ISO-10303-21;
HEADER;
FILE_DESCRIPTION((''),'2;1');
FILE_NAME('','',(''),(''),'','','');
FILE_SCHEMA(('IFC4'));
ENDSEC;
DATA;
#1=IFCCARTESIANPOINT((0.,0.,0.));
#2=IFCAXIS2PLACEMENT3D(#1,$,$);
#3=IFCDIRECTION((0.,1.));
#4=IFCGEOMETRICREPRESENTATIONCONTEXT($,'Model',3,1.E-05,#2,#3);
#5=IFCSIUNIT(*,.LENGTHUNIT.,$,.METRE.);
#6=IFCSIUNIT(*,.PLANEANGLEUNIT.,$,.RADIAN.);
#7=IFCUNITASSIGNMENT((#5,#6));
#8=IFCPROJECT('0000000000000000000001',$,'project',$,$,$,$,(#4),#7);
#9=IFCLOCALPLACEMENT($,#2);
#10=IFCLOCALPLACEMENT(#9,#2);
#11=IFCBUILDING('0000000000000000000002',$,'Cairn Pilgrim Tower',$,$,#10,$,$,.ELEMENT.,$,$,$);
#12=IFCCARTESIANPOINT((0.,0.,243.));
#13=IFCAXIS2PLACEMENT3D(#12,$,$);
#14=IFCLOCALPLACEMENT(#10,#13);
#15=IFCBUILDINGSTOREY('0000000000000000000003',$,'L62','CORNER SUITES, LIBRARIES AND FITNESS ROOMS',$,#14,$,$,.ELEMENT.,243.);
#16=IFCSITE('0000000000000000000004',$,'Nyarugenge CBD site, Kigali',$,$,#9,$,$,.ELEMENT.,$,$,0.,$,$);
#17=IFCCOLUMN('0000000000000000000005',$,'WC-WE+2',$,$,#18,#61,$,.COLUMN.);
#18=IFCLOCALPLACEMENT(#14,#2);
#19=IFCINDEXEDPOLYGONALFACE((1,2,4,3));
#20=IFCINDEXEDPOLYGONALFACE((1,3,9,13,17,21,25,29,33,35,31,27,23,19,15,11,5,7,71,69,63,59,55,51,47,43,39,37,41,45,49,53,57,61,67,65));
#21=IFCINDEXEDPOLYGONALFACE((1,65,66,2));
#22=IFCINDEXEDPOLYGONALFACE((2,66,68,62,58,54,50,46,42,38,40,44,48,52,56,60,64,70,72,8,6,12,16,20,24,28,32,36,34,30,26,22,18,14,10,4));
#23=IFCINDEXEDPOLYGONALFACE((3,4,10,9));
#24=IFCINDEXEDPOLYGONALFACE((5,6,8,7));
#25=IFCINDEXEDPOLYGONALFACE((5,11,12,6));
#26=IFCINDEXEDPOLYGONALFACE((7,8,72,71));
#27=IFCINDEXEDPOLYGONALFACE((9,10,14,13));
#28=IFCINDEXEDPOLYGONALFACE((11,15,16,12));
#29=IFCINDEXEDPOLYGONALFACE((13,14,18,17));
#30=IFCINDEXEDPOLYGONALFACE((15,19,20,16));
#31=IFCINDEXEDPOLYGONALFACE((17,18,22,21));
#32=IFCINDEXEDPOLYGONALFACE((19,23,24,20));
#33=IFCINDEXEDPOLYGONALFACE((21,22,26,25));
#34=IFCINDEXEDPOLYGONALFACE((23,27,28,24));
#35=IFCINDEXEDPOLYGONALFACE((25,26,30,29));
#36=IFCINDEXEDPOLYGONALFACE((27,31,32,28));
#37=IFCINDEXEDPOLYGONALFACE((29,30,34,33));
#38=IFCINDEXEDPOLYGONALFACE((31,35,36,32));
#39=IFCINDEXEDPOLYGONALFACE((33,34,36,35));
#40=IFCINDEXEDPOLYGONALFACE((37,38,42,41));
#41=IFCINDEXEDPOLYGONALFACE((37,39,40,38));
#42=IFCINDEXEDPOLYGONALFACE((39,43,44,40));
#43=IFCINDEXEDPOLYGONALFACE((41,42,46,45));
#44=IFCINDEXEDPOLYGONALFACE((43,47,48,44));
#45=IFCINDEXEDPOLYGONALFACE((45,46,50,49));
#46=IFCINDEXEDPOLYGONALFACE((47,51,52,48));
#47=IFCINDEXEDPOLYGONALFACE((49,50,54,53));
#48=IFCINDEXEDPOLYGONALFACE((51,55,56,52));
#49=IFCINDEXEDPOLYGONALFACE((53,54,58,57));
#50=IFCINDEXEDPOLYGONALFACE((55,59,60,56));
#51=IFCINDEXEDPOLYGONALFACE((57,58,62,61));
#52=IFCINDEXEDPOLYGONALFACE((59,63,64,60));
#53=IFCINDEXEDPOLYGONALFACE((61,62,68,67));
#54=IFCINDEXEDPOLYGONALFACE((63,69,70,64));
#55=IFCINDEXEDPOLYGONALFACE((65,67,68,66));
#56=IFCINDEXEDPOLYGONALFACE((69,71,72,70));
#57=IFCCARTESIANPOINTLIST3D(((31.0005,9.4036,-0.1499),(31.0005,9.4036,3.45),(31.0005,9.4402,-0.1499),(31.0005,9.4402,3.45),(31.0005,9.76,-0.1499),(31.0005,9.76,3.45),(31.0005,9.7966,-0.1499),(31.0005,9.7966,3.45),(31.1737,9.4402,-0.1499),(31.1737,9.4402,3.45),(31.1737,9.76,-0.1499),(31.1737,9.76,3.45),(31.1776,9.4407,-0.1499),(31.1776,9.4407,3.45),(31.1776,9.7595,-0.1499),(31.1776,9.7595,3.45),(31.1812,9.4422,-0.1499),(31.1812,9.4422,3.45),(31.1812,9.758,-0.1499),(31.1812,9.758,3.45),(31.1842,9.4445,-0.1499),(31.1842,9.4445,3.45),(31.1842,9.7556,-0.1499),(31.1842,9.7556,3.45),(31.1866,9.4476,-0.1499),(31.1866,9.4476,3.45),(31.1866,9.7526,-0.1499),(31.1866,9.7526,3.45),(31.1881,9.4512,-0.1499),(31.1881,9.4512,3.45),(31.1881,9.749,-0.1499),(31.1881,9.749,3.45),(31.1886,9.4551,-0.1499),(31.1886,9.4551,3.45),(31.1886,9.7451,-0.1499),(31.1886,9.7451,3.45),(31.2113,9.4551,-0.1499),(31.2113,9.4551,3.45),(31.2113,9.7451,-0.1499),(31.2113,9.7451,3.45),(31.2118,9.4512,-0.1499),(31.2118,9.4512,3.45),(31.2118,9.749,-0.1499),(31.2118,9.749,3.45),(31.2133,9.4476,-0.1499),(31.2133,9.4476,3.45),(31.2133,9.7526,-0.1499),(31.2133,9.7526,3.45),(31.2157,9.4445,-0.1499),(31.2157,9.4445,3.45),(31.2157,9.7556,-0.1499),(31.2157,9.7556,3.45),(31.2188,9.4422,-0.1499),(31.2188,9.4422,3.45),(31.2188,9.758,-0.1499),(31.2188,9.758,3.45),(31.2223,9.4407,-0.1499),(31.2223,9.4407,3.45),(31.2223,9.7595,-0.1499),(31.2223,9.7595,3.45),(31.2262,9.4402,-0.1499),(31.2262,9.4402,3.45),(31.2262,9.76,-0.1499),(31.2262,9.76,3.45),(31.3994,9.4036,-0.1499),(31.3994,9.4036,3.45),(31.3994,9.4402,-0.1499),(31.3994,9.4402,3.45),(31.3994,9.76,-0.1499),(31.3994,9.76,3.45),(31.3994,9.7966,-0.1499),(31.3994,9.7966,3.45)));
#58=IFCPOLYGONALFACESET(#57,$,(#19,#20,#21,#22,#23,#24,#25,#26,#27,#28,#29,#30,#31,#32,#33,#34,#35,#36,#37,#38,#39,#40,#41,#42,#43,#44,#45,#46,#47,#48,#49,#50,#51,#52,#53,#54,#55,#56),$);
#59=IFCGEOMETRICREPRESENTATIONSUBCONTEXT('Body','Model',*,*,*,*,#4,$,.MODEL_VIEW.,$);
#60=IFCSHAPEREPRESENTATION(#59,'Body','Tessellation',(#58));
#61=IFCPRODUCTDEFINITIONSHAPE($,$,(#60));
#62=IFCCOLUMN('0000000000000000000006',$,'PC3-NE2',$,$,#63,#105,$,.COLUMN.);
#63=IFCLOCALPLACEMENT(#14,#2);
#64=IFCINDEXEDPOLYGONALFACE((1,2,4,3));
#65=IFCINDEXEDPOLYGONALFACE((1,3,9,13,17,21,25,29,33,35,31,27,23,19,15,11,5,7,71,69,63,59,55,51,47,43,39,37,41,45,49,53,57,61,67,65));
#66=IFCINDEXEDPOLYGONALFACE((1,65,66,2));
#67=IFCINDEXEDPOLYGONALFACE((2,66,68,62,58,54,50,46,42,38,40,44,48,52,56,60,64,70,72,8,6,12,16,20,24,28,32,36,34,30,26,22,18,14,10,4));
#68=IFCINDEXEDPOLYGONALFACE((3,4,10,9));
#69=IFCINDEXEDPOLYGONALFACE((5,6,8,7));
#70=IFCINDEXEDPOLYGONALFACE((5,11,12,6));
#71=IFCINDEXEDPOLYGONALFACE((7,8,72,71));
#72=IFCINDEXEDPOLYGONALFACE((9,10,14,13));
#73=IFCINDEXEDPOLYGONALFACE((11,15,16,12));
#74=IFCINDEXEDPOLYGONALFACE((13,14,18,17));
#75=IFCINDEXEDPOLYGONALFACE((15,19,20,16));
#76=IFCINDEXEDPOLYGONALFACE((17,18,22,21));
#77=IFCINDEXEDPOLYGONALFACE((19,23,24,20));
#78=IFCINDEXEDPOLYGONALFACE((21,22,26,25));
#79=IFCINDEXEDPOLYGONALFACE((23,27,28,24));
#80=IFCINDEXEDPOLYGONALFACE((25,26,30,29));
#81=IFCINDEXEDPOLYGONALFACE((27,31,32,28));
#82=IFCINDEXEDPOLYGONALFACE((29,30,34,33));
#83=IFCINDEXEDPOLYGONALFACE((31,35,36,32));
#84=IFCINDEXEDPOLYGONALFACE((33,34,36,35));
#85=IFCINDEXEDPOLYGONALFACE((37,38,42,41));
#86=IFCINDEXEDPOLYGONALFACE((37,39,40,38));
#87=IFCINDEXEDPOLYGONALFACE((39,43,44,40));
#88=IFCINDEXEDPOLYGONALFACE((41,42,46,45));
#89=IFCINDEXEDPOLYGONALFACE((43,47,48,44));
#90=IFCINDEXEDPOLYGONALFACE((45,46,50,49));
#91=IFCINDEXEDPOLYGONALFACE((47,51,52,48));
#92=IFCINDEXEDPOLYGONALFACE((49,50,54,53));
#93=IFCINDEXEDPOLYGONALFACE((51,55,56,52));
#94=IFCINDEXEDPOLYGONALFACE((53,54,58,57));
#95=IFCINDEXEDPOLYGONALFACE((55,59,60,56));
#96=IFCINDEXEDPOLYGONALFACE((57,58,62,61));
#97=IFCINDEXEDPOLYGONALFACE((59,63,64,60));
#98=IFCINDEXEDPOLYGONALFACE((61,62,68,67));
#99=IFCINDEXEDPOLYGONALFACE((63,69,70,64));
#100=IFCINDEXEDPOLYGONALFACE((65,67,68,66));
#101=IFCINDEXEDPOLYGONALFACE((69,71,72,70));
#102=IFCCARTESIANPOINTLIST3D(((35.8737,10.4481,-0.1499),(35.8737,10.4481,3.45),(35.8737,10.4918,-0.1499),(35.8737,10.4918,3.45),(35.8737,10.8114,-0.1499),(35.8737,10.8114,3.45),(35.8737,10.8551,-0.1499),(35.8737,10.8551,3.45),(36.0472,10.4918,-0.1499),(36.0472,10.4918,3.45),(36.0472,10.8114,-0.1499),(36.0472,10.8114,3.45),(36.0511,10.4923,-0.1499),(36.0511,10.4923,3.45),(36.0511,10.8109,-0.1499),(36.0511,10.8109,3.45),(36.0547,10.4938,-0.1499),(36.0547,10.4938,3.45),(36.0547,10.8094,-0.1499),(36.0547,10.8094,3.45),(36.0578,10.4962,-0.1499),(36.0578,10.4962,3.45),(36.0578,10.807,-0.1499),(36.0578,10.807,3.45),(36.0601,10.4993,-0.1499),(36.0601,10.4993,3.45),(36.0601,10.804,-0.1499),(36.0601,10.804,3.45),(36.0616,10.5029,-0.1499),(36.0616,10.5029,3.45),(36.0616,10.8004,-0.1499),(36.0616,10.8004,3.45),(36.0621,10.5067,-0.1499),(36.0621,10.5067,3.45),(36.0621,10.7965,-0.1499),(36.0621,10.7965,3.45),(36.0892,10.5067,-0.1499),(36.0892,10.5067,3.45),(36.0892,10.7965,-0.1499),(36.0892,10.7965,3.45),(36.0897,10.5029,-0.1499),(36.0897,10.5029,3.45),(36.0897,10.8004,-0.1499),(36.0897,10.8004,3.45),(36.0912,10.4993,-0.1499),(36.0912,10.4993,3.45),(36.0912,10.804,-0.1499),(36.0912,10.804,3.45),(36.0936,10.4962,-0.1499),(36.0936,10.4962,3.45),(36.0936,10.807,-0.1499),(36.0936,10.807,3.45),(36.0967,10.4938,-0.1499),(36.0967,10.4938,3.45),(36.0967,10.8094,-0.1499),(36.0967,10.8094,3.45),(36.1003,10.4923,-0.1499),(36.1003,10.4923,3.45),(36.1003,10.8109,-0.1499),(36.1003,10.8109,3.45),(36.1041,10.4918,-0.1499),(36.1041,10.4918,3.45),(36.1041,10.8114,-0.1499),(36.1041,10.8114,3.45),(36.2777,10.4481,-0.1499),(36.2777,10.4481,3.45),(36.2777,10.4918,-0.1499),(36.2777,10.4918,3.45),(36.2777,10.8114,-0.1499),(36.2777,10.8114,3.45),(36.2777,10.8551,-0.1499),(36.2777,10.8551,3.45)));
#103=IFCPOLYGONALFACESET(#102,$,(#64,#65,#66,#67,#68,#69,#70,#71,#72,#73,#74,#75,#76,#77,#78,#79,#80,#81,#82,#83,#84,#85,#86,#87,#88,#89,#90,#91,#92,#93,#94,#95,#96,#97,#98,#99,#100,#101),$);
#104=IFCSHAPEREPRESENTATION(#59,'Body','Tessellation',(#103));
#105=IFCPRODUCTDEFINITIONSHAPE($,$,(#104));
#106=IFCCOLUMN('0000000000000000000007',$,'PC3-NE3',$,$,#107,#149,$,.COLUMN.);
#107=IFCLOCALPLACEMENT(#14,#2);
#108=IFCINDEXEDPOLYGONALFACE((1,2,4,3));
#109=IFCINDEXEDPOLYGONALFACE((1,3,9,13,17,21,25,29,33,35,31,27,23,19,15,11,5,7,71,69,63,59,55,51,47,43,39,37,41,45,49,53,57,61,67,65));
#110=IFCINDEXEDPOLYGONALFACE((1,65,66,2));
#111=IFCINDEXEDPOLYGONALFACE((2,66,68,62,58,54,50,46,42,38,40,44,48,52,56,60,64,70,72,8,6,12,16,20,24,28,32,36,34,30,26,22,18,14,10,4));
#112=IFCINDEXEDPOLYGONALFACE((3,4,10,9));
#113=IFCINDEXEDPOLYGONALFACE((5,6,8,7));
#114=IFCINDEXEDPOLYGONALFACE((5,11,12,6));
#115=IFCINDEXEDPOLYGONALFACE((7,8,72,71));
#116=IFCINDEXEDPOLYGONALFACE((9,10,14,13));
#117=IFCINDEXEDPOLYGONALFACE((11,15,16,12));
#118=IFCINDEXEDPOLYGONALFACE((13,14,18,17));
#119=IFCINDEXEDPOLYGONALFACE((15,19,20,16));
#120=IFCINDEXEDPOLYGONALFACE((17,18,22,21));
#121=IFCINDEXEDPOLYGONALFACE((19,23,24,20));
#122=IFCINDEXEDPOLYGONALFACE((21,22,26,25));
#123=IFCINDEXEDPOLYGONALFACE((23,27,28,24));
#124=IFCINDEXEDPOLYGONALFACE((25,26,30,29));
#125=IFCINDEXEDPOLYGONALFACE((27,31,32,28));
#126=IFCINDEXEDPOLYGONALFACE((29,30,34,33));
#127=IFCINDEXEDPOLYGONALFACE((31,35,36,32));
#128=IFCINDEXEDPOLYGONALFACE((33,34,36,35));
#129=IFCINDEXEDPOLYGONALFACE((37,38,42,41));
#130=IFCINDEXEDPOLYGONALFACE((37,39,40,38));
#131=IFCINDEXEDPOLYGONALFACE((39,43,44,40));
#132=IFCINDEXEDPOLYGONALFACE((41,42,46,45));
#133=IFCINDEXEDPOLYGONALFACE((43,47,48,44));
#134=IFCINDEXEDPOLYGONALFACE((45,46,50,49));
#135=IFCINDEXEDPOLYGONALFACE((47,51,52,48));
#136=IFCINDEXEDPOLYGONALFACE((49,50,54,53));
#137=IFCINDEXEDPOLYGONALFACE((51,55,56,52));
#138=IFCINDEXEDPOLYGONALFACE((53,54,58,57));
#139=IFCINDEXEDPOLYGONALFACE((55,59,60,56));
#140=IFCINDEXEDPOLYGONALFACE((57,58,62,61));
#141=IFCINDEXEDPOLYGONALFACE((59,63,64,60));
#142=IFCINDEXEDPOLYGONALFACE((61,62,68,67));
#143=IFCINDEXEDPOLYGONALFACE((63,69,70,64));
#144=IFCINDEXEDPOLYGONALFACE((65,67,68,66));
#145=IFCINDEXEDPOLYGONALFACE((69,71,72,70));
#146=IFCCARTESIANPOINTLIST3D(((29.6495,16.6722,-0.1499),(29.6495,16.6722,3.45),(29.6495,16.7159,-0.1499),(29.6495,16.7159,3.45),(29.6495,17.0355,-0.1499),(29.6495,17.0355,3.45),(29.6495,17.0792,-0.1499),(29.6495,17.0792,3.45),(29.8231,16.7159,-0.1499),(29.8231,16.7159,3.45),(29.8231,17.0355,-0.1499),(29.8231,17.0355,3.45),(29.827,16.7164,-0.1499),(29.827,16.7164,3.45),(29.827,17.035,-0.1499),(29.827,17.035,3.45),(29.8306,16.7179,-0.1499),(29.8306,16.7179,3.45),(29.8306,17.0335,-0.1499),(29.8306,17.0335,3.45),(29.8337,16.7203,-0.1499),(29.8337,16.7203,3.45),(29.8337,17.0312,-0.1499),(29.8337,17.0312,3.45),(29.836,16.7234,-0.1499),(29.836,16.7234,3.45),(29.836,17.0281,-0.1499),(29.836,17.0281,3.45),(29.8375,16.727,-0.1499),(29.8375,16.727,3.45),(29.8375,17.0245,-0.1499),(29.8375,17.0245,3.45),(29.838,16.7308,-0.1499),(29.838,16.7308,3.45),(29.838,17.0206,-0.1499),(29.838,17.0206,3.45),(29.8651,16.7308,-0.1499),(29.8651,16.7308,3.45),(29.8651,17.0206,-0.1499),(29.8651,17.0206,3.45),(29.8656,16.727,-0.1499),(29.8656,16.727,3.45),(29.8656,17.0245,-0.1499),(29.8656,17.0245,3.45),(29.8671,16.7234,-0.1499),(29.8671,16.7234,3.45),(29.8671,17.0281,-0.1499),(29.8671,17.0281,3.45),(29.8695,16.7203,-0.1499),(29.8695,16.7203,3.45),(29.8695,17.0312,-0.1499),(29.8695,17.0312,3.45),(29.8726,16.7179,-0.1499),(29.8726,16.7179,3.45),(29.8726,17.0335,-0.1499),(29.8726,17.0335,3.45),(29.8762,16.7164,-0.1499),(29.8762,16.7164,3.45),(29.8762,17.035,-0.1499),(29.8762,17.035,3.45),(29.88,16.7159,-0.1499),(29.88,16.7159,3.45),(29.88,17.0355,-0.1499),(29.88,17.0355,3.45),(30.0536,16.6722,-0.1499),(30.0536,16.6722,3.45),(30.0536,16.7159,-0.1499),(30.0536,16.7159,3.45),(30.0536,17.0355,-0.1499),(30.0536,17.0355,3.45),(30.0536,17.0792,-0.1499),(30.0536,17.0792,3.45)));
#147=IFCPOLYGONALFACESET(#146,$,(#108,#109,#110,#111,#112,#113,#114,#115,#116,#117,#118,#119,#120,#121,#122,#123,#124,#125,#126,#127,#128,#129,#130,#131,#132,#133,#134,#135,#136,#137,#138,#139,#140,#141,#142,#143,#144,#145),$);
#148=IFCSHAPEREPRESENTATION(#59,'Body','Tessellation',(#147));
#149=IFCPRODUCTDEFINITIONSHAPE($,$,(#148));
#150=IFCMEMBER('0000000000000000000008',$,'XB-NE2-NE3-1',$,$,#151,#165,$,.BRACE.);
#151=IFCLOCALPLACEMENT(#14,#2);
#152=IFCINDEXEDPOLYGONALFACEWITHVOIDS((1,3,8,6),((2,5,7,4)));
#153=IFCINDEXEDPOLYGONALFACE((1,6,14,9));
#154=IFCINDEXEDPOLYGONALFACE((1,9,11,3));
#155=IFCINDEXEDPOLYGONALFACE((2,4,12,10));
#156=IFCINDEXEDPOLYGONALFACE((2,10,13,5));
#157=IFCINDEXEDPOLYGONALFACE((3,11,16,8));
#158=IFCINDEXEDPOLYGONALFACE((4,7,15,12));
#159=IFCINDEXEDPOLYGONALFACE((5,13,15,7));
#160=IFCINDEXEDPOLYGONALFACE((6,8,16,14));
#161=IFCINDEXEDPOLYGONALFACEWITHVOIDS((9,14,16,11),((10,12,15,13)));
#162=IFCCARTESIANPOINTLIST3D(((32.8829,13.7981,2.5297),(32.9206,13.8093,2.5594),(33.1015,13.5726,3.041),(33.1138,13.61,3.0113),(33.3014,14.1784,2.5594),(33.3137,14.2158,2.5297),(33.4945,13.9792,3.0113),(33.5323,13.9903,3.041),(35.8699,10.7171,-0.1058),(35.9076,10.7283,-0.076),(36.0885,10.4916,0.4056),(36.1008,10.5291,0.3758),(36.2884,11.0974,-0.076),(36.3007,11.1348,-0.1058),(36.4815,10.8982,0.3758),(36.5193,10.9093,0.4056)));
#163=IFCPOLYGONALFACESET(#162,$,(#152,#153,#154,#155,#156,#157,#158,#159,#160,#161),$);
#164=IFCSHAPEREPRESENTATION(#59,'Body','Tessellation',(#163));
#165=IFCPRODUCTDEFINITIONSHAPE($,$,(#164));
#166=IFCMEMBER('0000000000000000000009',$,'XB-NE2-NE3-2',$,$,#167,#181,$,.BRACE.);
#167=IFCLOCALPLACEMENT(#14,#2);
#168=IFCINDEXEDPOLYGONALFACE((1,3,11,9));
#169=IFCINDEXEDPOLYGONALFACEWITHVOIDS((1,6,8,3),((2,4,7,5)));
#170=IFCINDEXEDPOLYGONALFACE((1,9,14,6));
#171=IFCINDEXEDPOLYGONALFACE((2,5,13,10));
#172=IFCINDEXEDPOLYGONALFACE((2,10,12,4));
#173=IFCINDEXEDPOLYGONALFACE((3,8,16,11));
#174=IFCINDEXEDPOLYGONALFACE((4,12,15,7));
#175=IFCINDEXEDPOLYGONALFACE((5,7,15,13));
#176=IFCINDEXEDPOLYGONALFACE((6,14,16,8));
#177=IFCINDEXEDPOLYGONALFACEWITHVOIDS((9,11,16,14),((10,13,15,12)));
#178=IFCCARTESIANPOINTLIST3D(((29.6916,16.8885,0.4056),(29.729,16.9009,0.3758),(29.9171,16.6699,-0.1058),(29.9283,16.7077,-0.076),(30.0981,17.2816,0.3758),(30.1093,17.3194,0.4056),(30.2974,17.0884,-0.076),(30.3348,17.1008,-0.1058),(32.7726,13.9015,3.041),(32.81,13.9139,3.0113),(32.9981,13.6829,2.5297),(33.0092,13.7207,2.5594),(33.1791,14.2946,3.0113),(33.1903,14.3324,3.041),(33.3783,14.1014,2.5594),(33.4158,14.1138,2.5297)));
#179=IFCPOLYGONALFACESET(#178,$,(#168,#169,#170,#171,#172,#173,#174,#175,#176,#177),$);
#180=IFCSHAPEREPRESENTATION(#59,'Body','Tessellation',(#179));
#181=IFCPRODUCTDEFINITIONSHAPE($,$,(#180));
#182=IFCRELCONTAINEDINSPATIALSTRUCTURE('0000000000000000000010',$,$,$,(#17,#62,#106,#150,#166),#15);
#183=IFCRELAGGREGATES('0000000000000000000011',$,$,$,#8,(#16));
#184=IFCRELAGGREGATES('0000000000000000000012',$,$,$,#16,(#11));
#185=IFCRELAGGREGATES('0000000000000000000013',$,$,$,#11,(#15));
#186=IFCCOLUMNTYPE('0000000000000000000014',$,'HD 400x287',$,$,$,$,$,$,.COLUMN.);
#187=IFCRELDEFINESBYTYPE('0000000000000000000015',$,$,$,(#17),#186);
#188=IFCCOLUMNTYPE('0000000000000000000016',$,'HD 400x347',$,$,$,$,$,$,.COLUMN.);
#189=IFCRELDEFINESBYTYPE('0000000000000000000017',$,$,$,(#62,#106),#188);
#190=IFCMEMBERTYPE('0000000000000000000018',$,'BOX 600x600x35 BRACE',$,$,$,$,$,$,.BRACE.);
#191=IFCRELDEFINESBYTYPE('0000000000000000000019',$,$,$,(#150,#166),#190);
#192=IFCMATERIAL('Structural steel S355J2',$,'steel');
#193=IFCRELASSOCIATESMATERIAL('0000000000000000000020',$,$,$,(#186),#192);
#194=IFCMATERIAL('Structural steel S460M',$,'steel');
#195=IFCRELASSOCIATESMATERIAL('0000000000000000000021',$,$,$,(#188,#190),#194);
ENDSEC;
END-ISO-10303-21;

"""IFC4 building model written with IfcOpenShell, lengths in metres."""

from ifc_helpers import new_model, si_unit, direction, frame, origin, origin_2d, place, context, subcontext, project, spatial, hollow_rectangle, i_section, extrude, material, material_profile, profile_set, type_object, element, save


model = new_model("IFC4")

# Units and contexts
model_context = context("Model", 3, precision=1e-05, world=origin(), true_north=direction((0.0, 1.0)))
body_context = subcontext(model_context, "Body", "Model", "MODEL_VIEW")
ifc_project = project(units=[si_unit("LENGTHUNIT", "METRE"), si_unit("PLANEANGLEUNIT", "RADIAN")], contexts=[model_context])

# Site, building, storey
site_placement = place(None, origin())
site = spatial("IfcSite", under=ifc_project, at=site_placement, Name="Nyarugenge CBD site, Kigali", CompositionType="ELEMENT", RefElevation=0.0)
building_placement = place(site_placement, origin())
building = spatial("IfcBuilding", under=site, at=building_placement, Name="Cairn Pilgrim Tower", CompositionType="ELEMENT")
storey_placement = place(building_placement, frame((0.0, 0.0, 243.0)))
storey = spatial("IfcBuildingStorey", under=building, at=storey_placement, Name="L62", Description="CORNER SUITES, LIBRARIES AND FITNESS ROOMS", CompositionType="ELEMENT", Elevation=243.0)

# Columns
ifc_material_1 = material(Name="Structural steel S355J2", Category="steel")
ifc_material_profile_1 = material_profile(ifc_material_1, i_section(OverallWidth=0.3989, OverallDepth=0.3931, WebThickness=0.0227, FlangeThickness=0.0366, FilletRadius=0.0149, at=origin_2d()), Name="HD 400x287")
ifc_profile_set_1 = profile_set([ifc_material_profile_1], Name="Structural steel S355J2")
column_type_1 = type_object("IfcColumnType", Name="HD 400x287", PredefinedType="COLUMN", material=ifc_profile_set_1)
column_placement = place(storey_placement, frame((31.2, 9.6001, -0.1499), z_axis=(0.0, 0.0, 1.0), x_axis=(1.0, 0.0, 0.0)))
element("IfcColumn", 1, at=column_placement, inside=storey, type_object=column_type_1, Name="WC-WE+2", PredefinedType="COLUMN", context=body_context, shape_type="SweptSolid", body=[
    extrude(i_section(OverallWidth=0.3989, OverallDepth=0.3931, WebThickness=0.0227, FlangeThickness=0.0366, FilletRadius=0.0149, at=origin_2d()), origin(), (0.0, 0.0, 1.0), 3.5999),
])
ifc_material_2 = material(Name="Structural steel S460M", Category="steel")
ifc_material_profile_2 = material_profile(ifc_material_2, i_section(OverallWidth=0.4041, OverallDepth=0.407, WebThickness=0.0271, FlangeThickness=0.0437, FilletRadius=0.0149, at=origin_2d()), Name="HD 400x347")
ifc_profile_set_2 = profile_set([ifc_material_profile_2], Name="Structural steel S460M")
column_type_2 = type_object("IfcColumnType", Name="HD 400x347", PredefinedType="COLUMN", material=ifc_profile_set_2)
for number, where, z_axis, x_axis, name in (
    (2, (36.0757, 10.6516, -0.1499), (0.0, 0.0, 1.0), (1.0, 0.0, 0.0), "PC3-NE2"),
    (3, (29.8516, 16.8757, -0.1499), (0.0, 0.0, 1.0), (1.0, 0.0, 0.0), "PC3-NE3"),
):
    element("IfcColumn", number, at=place(storey_placement, frame(where, z_axis=z_axis, x_axis=x_axis)), inside=storey, type_object=column_type_2, Name=name, PredefinedType="COLUMN", context=body_context, shape_type="SweptSolid", body=[
        extrude(i_section(OverallWidth=0.4041, OverallDepth=0.407, WebThickness=0.0271, FlangeThickness=0.0437, FilletRadius=0.0149, at=origin_2d()), origin(), (0.0, 0.0, 1.0), 3.5999),
    ])

# Members
ifc_material_profile_3 = material_profile(ifc_material_2, hollow_rectangle(XDim=0.6001, YDim=0.6001, WallThickness=0.0349, at=origin_2d()), Name="BOX 600x600x35")
ifc_profile_set_3 = profile_set([ifc_material_profile_3], Name="Structural steel S460M")
member_type_1 = type_object("IfcMemberType", Name="BOX 600x600x35 BRACE", PredefinedType="BRACE", material=ifc_profile_set_3)
for number, where, z_axis, x_axis, name in (
    (4, (36.1946, 10.8132, 0.1499), (-0.593142, 0.611806, 0.523332), (-0.717974, -0.69607, 0.0), "XB-NE2-NE3-1"),
    (5, (30.0132, 16.9946, 0.1499), (0.611806, -0.593142, 0.523332), (0.69607, 0.717974, 0.0), "XB-NE2-NE3-2"),
):
    element("IfcMember", number, at=place(storey_placement, frame(where, z_axis=z_axis, x_axis=x_axis)), inside=storey, type_object=member_type_1, Name=name, PredefinedType="BRACE", context=body_context, shape_type="SweptSolid", body=[
        extrude(hollow_rectangle(XDim=0.6001, YDim=0.6001, WallThickness=0.0349, at=origin_2d()), origin(), (0.0, 0.0, 1.0), 5.0359),
    ])

save(model, "model.ifc")
